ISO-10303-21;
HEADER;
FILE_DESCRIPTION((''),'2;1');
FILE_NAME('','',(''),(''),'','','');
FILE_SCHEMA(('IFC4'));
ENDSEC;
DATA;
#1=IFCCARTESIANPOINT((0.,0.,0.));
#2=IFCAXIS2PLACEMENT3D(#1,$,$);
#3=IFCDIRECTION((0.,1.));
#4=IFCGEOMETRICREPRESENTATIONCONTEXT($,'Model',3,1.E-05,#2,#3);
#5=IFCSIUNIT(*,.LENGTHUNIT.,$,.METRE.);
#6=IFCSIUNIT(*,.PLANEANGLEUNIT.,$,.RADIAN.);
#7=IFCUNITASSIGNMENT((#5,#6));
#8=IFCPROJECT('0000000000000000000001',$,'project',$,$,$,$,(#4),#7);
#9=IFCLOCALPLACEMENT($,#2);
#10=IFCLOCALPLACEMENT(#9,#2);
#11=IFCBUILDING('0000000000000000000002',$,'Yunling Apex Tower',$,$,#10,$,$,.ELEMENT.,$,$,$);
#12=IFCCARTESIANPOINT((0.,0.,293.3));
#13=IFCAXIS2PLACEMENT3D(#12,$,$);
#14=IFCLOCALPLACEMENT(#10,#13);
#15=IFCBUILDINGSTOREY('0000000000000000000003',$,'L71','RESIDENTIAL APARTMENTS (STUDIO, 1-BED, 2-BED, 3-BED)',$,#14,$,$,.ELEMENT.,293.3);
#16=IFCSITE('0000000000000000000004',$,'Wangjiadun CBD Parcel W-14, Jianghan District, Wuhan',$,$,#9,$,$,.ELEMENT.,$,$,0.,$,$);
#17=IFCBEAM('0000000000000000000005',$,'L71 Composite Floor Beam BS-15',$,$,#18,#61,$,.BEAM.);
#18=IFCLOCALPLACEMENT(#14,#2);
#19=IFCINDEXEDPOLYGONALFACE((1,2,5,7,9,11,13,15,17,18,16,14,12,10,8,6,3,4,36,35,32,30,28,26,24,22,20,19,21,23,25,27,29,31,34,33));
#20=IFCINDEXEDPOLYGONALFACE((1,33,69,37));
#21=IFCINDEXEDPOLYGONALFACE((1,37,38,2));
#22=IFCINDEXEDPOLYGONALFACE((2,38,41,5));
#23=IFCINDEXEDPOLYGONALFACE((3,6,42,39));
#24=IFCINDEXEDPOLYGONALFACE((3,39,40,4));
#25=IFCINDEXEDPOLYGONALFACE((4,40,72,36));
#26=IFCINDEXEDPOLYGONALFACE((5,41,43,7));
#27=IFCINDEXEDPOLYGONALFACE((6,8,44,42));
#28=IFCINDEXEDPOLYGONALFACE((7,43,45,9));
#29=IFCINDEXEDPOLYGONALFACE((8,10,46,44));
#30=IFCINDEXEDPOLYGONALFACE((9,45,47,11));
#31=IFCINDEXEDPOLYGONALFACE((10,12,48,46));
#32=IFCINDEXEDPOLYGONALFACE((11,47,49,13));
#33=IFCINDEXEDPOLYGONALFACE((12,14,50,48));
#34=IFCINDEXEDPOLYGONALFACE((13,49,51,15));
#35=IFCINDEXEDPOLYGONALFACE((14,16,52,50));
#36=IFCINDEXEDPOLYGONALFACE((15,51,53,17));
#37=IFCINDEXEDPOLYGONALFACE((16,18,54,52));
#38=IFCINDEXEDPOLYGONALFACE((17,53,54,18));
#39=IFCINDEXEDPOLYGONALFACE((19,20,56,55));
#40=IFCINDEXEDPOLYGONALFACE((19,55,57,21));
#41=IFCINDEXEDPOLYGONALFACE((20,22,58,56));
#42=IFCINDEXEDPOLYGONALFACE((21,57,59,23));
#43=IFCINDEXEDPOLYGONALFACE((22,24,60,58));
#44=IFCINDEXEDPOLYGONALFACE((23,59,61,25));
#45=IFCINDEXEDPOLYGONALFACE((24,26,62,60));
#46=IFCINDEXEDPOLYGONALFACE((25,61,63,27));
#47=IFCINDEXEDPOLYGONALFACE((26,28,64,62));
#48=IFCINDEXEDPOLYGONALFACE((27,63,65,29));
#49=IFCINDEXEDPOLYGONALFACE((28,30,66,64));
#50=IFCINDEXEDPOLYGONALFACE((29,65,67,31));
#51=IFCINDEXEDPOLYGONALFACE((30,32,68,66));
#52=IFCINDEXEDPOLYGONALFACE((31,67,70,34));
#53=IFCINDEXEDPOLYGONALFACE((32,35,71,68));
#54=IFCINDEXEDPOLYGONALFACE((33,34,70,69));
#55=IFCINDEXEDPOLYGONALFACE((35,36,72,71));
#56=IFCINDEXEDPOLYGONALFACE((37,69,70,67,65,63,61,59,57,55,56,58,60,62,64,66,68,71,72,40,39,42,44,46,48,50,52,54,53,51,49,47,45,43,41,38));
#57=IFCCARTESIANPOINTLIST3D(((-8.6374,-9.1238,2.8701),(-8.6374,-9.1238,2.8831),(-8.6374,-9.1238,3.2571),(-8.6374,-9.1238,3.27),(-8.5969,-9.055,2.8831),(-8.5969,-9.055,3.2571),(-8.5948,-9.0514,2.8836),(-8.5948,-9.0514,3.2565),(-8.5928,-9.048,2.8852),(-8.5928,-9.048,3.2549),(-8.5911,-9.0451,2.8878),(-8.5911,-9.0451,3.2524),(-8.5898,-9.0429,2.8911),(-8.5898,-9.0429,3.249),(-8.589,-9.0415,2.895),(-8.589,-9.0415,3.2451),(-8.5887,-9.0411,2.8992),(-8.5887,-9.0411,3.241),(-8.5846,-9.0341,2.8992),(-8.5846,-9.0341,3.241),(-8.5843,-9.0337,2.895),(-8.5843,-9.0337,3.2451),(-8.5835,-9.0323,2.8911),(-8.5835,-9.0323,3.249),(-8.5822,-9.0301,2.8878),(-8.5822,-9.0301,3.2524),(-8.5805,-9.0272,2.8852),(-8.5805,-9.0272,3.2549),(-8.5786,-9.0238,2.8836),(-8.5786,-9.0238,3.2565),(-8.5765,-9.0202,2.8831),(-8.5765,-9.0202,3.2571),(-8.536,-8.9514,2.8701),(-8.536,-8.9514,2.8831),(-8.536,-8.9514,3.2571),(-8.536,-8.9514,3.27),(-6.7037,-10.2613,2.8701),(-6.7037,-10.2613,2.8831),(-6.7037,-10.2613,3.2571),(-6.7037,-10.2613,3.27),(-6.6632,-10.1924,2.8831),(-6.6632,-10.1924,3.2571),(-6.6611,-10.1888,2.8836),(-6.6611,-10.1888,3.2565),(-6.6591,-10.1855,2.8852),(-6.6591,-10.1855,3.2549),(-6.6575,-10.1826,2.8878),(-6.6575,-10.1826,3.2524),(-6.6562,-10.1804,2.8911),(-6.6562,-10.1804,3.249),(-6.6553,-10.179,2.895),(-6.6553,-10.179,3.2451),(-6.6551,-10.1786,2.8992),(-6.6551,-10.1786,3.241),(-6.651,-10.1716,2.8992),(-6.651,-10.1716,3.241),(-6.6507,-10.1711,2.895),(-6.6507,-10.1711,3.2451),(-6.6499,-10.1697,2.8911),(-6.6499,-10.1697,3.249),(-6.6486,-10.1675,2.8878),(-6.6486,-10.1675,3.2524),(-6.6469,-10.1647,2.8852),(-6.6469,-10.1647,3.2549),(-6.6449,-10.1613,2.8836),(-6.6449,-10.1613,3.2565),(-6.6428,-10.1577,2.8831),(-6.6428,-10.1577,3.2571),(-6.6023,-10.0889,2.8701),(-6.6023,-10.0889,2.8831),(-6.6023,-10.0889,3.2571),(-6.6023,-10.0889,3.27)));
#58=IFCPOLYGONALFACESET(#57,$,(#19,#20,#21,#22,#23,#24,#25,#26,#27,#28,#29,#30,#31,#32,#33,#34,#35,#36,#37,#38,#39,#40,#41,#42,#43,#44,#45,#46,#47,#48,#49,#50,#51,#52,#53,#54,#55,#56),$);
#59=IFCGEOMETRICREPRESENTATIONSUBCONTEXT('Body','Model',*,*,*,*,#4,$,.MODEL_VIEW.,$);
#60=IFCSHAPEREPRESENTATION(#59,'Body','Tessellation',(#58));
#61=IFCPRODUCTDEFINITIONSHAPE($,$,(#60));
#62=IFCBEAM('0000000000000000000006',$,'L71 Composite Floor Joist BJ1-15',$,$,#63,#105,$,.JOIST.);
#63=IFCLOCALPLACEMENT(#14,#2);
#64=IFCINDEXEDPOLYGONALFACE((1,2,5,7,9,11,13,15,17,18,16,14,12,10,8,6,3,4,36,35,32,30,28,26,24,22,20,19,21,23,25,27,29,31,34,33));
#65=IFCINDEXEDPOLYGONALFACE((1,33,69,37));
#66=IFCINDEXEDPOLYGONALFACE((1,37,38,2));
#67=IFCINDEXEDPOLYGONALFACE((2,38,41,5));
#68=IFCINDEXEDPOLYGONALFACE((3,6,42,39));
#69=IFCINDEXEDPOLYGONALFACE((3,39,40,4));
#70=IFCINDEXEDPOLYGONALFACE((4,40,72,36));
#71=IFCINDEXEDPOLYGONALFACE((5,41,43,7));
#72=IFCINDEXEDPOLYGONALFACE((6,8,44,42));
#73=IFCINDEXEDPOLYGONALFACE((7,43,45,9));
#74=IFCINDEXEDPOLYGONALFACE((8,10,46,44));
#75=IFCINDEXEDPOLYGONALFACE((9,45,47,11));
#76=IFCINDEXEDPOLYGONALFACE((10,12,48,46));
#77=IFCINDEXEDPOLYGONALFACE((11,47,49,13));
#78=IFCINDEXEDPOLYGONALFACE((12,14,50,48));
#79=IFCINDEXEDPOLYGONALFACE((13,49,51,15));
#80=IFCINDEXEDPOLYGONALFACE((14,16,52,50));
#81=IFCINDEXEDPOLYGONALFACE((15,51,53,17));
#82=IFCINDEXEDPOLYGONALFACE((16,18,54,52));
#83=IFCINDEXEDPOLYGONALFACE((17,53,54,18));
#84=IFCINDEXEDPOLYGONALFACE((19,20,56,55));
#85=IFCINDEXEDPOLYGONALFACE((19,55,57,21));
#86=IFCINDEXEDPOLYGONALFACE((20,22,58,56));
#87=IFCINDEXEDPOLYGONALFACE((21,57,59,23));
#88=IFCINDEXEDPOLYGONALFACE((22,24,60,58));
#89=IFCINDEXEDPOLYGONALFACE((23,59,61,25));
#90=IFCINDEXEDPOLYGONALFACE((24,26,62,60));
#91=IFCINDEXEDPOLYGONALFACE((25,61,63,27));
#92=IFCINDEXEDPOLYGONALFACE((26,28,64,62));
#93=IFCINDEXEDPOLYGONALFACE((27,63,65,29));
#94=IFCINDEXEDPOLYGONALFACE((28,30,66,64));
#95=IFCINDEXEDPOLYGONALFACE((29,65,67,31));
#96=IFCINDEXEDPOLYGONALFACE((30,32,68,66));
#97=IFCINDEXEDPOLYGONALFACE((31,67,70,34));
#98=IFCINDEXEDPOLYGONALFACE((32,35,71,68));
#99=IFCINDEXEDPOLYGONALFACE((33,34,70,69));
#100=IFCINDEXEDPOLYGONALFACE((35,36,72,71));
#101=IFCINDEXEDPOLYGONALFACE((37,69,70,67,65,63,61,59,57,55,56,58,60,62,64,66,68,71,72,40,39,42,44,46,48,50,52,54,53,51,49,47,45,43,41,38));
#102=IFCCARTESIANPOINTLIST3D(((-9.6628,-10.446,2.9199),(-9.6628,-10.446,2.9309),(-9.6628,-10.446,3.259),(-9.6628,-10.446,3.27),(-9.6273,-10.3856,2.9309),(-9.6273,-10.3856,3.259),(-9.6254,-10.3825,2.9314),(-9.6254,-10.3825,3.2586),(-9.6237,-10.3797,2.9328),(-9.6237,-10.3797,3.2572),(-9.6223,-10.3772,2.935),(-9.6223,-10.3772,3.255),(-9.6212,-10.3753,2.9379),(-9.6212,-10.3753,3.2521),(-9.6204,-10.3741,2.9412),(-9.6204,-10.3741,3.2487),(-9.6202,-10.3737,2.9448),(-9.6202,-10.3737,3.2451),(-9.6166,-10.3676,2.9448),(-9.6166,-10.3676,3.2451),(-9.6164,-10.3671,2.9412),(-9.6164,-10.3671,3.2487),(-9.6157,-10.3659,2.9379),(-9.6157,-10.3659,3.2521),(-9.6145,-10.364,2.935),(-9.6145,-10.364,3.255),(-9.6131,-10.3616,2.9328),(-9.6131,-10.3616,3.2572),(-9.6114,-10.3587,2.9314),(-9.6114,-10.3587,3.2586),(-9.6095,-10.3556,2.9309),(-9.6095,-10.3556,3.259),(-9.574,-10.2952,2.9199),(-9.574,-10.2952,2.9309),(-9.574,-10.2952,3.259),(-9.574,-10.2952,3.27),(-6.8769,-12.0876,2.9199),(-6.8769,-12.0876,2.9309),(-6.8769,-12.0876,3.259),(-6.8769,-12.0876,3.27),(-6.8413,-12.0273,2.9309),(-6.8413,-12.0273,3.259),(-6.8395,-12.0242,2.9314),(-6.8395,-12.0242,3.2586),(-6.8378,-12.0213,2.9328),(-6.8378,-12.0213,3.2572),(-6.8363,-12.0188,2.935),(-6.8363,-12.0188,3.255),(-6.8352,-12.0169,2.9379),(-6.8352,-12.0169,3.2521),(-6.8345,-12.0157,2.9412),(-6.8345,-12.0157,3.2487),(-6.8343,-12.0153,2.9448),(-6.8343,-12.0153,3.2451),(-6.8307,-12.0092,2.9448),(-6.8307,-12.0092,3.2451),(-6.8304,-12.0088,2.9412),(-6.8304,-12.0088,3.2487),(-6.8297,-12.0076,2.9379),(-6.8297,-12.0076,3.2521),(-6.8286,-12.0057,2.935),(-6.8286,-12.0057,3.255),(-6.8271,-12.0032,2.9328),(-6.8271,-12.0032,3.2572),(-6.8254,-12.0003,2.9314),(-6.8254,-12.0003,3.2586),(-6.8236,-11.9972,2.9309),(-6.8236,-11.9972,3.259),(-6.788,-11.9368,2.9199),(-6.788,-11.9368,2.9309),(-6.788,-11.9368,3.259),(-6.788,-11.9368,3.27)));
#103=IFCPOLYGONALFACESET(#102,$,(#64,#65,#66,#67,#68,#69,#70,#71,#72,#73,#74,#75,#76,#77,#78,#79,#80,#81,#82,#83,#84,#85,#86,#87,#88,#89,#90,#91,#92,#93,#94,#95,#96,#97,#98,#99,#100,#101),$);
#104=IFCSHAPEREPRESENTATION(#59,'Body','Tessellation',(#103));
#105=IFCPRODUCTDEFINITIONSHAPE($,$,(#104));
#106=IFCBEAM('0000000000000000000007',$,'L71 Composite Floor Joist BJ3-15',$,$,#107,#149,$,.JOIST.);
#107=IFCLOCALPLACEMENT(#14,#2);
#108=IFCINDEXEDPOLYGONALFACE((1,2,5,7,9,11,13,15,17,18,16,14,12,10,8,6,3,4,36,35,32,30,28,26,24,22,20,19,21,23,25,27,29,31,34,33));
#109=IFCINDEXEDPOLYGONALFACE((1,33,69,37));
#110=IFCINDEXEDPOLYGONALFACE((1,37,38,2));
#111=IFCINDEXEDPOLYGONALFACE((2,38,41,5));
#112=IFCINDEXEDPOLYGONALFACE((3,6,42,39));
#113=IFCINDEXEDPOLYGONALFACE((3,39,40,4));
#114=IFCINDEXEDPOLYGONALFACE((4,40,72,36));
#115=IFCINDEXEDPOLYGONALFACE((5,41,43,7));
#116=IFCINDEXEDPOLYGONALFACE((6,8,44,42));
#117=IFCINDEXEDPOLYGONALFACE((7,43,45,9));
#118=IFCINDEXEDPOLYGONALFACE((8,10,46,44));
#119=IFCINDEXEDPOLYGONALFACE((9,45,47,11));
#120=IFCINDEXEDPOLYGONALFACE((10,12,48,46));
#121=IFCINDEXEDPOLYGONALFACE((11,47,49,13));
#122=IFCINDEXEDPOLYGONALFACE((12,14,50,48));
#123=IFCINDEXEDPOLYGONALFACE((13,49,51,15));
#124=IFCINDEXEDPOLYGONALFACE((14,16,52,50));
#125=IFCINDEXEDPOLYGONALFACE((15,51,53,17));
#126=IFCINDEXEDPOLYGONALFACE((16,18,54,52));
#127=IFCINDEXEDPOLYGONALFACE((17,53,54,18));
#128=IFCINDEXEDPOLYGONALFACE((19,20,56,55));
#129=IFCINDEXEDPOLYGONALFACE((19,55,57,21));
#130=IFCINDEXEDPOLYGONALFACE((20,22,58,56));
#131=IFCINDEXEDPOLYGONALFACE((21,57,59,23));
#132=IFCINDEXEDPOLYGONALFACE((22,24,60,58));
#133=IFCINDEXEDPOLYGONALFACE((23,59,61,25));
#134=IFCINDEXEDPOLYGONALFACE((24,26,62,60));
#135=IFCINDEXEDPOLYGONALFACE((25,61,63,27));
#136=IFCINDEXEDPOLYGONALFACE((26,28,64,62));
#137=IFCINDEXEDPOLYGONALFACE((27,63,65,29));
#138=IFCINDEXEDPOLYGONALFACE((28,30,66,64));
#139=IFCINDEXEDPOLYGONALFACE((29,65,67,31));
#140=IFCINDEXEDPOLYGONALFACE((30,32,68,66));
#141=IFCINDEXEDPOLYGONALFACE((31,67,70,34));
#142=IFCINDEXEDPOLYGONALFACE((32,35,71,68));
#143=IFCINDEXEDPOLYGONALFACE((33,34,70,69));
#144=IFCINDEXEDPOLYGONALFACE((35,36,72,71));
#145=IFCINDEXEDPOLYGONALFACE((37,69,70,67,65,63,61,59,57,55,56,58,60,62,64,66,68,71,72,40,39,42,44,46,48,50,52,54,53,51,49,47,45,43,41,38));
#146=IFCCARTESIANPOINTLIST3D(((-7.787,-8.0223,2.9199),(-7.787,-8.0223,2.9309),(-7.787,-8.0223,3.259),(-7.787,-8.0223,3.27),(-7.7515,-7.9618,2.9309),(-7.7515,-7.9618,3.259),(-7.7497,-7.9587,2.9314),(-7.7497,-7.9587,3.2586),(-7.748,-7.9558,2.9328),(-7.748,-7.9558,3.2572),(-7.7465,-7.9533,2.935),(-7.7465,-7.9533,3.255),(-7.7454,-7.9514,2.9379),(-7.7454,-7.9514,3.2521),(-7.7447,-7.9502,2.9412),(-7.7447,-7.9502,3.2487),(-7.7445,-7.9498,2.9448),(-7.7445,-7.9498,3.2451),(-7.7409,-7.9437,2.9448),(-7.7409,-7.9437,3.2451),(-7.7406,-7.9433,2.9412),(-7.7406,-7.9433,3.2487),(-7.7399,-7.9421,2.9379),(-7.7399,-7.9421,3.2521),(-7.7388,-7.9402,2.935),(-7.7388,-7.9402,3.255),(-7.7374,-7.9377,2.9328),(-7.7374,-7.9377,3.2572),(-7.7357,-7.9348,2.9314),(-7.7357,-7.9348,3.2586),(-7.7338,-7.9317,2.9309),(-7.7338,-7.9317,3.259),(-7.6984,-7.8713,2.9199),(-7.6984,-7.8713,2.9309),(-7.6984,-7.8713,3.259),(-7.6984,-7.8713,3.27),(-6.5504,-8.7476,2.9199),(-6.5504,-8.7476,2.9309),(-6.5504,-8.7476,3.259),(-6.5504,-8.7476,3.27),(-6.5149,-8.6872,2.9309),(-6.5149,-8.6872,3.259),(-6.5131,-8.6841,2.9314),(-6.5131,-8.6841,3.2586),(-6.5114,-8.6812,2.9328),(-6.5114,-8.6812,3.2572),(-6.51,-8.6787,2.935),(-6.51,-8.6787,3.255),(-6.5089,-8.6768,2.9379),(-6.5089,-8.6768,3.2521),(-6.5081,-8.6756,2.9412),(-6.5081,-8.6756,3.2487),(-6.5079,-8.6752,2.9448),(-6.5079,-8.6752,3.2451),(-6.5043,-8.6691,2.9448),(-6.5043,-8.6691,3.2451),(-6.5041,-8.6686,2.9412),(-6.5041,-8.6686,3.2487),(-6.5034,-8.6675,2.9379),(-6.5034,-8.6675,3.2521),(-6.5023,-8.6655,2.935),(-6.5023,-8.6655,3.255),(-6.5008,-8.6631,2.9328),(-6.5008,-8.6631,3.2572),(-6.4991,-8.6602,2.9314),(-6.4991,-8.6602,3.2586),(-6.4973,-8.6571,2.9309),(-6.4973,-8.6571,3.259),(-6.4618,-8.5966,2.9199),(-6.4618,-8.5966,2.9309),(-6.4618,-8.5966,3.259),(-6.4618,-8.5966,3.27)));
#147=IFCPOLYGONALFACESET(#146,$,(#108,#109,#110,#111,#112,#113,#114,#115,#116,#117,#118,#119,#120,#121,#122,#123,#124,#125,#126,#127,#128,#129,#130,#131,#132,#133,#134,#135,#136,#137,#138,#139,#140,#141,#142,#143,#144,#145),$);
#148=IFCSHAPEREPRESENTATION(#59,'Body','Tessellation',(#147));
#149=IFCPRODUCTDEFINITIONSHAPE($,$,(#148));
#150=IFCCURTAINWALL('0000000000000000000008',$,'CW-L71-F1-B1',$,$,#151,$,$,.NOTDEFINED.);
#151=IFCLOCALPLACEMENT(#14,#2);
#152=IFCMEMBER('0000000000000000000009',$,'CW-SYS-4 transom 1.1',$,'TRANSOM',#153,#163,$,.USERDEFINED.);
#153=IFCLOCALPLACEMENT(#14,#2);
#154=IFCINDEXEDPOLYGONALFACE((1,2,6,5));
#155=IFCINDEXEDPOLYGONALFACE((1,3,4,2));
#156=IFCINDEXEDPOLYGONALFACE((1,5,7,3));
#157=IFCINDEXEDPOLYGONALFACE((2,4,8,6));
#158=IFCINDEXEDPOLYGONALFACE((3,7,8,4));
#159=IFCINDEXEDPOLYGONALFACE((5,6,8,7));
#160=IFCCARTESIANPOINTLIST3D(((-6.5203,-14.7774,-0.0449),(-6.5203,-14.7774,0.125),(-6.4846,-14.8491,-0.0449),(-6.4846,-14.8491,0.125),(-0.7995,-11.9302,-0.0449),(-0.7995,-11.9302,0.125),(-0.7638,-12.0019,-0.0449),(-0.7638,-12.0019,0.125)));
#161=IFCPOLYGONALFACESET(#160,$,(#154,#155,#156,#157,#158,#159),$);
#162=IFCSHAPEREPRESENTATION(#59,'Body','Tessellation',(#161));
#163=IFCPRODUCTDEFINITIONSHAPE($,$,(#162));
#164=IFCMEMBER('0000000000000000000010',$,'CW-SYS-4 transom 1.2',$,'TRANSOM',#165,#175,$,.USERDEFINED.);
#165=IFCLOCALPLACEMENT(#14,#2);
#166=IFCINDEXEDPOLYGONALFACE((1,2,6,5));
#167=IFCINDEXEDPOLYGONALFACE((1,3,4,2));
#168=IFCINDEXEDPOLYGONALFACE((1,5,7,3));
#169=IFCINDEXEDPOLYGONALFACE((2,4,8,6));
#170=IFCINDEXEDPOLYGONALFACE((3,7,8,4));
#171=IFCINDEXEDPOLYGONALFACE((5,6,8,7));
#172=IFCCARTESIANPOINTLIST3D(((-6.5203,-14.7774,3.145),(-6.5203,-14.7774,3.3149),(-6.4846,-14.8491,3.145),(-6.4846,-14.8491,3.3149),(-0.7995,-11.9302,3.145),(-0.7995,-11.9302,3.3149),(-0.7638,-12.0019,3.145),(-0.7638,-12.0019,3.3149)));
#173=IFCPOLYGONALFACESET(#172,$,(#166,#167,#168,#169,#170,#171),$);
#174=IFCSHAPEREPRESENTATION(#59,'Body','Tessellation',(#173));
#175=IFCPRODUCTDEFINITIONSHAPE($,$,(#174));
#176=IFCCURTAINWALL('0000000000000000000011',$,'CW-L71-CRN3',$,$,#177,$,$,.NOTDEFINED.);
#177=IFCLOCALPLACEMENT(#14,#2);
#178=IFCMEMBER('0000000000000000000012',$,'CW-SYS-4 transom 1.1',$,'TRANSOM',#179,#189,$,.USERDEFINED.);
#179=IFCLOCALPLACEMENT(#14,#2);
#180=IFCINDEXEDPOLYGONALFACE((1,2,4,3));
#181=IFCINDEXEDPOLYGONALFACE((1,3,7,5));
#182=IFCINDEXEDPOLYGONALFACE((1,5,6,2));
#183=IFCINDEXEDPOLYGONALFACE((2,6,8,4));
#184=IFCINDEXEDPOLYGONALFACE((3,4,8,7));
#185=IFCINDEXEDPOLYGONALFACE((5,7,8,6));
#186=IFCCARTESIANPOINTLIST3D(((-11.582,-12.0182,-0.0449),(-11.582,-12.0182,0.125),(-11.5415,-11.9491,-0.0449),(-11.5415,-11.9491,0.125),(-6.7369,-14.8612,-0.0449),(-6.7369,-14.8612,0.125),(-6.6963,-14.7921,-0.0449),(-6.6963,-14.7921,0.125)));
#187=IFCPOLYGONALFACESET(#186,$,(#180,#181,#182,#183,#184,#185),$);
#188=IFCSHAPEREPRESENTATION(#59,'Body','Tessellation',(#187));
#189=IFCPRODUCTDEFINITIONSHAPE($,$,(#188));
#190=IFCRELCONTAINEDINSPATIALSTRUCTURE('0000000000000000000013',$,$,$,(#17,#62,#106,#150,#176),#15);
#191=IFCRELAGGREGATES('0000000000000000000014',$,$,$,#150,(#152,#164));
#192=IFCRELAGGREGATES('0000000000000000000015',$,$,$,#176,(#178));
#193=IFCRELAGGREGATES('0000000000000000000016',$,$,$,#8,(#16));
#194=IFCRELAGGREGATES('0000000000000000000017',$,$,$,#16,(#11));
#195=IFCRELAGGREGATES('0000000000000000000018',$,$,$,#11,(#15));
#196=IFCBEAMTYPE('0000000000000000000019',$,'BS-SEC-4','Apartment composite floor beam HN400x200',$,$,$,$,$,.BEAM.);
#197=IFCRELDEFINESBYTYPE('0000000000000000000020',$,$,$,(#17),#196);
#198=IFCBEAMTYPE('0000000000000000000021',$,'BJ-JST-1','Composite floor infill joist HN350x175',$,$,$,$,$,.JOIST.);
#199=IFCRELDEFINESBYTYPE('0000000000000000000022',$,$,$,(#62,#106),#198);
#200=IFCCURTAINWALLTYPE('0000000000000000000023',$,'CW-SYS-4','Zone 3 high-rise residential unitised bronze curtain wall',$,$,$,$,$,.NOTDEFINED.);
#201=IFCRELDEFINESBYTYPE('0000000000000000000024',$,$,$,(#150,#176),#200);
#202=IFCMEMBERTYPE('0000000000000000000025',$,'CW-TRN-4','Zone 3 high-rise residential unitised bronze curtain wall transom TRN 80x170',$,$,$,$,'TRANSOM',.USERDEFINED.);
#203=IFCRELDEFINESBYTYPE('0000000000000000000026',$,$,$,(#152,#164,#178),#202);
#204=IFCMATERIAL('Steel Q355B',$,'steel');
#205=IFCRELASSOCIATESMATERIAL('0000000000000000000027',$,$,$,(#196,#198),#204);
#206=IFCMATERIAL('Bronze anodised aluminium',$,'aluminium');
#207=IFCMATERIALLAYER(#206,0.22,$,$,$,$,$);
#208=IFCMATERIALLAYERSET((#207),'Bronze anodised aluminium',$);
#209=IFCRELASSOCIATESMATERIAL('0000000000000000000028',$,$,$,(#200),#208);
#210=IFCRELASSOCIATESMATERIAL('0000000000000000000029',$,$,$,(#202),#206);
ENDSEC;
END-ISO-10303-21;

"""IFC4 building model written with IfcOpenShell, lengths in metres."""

from ifc_helpers import new_model, si_unit, direction, frame, origin, origin_2d, place, context, subcontext, project, spatial, rectangle, i_section, extrude, source, transform, mapped, material, layer, layer_set, material_profile, profile_set, type_object, element, aggregate, save


model = new_model("IFC4")

# Units and contexts
model_context = context("Model", 3, precision=1e-05, world=origin(), true_north=direction((0.0, 1.0)))
body_context = subcontext(model_context, "Body", "Model", "MODEL_VIEW")
ifc_project = project(units=[si_unit("LENGTHUNIT", "METRE"), si_unit("PLANEANGLEUNIT", "RADIAN")], contexts=[model_context])

# Site, building, storey
site_placement = place(None, origin())
site = spatial("IfcSite", under=ifc_project, at=site_placement, Name="Wangjiadun CBD Parcel W-14, Jianghan District, Wuhan", CompositionType="ELEMENT", RefElevation=0.0)
building_placement = place(site_placement, origin())
building = spatial("IfcBuilding", under=site, at=building_placement, Name="Yunling Apex Tower", CompositionType="ELEMENT")
storey_placement = place(building_placement, frame((0.0, 0.0, 293.3)))
storey = spatial("IfcBuildingStorey", under=building, at=storey_placement, Name="L71", Description="RESIDENTIAL APARTMENTS (STUDIO, 1-BED, 2-BED, 3-BED)", CompositionType="ELEMENT", Elevation=293.3)

# Shared definitions
ifc_material_1 = material(Name="Steel Q355B", Category="steel")

# Beams
ifc_material_profile_1 = material_profile(ifc_material_1, i_section(OverallWidth=0.2, OverallDepth=0.3999, WebThickness=0.0081, FlangeThickness=0.0129, FilletRadius=0.0161, at=origin_2d()))
ifc_profile_set_1 = profile_set([ifc_material_profile_1], Name="Steel Q355B")
beam_type_1 = type_object("IfcBeamType", Name="BS-SEC-4", Description="Apartment composite floor beam HN400x200", PredefinedType="BEAM", material=ifc_profile_set_1)
ifc_material_profile_2 = material_profile(ifc_material_1, i_section(OverallWidth=0.175, OverallDepth=0.3501, WebThickness=0.0071, FlangeThickness=0.011, FilletRadius=0.0139, at=origin_2d()))
ifc_profile_set_2 = profile_set([ifc_material_profile_2], Name="Steel Q355B")
beam_type_2 = type_object("IfcBeamType", Name="BJ-JST-1", Description="Composite floor infill joist HN350x175", PredefinedType="JOIST", material=ifc_profile_set_2)
shared_shape_1 = source(origin(), body_context, "Body", "SweptSolid", [
    extrude(i_section(OverallWidth=0.2, OverallDepth=0.3999, WebThickness=0.0081, FlangeThickness=0.0129, FilletRadius=0.0161, at=origin_2d()), origin(), (0.0, 0.0, 1.0), 2.2434),
])
beam_1_placement = place(storey_placement, frame((-8.5867, -9.0376, 3.0701), z_axis=(0.861926, -0.507034, 0.0), x_axis=(0.507034, 0.861926, 0.0)))
element("IfcBeam", 1, at=beam_1_placement, inside=storey, type_object=beam_type_1, Name="L71 Composite Floor Beam BS-15", PredefinedType="BEAM", context=body_context, shape_type="MappedRepresentation", body=[
    mapped(shared_shape_1, transform((0.0, 0.0, 0.0), scale=1.0)),
])
shared_shape_2 = source(origin(), body_context, "Body", "SweptSolid", [
    extrude(i_section(OverallWidth=0.175, OverallDepth=0.3501, WebThickness=0.0071, FlangeThickness=0.011, FilletRadius=0.0139, at=origin_2d()), origin(), (0.0, 0.0, 1.0), 3.2336),
])
beam_2_placement = place(storey_placement, frame((-9.6184, -10.3706, 3.095), z_axis=(0.86155, -0.507673, 0.0), x_axis=(0.507673, 0.86155, 0.0)))
element("IfcBeam", 2, at=beam_2_placement, inside=storey, type_object=beam_type_2, Name="L71 Composite Floor Joist BJ1-15", PredefinedType="JOIST", context=body_context, shape_type="MappedRepresentation", body=[
    mapped(shared_shape_2, transform((0.0, 0.0, 0.0), scale=1.0)),
])
shared_shape_3 = source(origin(), body_context, "Body", "SweptSolid", [
    extrude(i_section(OverallWidth=0.175, OverallDepth=0.3501, WebThickness=0.0071, FlangeThickness=0.011, FilletRadius=0.0139, at=origin_2d()), origin(), (0.0, 0.0, 1.0), 1.4336),
])
beam_3_placement = place(storey_placement, frame((-7.7427, -7.9468, 3.095), z_axis=(0.86256, -0.505955, 0.0), x_axis=(0.505955, 0.86256, 0.0)))
element("IfcBeam", 3, at=beam_3_placement, inside=storey, type_object=beam_type_2, Name="L71 Composite Floor Joist BJ3-15", PredefinedType="JOIST", context=body_context, shape_type="MappedRepresentation", body=[
    mapped(shared_shape_3, transform((0.0, 0.0, 0.0), scale=1.0)),
])

# Curtain walls, members
ifc_material_2 = material(Name="Bronze anodised aluminium", Category="aluminium")
ifc_layer_1 = layer(ifc_material_2, 0.22)
ifc_layer_set_1 = layer_set([ifc_layer_1], Name="Bronze anodised aluminium")
curtain_wall_type = type_object("IfcCurtainWallType", Name="CW-SYS-4", Description="Zone 3 high-rise residential unitised bronze curtain wall", PredefinedType="NOTDEFINED", material=ifc_layer_set_1)
curtain_wall_1_placement = place(storey_placement, origin())
curtain_wall_1 = element("IfcCurtainWall", 4, at=curtain_wall_1_placement, inside=storey, type_object=curtain_wall_type, Name="CW-L71-F1-B1", PredefinedType="NOTDEFINED")
ifc_material_profile_3 = material_profile(ifc_material_2, rectangle(XDim=0.0801, YDim=0.1699, at=origin_2d()))
ifc_profile_set_3 = profile_set([ifc_material_profile_3], Name="Bronze anodised aluminium")
member_type_1 = type_object("IfcMemberType", Name="CW-TRN-4", Description="Zone 3 high-rise residential unitised bronze curtain wall transom TRN 80x170", ElementType="TRANSOM", PredefinedType="USERDEFINED", material=ifc_profile_set_3)
shared_shape_4 = source(origin(), body_context, "Body", "SweptSolid", [
    extrude(rectangle(XDim=0.0801, YDim=0.1699, at=origin_2d()), origin(), (0.0, 0.0, 1.0), 6.3901),
])
member_1_placement = place(storey_placement, frame((-6.5024, -14.8132, 0.04), z_axis=(0.895251, 0.445562, 0.0), x_axis=(-0.445562, 0.895251, 0.0)))
member_1 = element("IfcMember", 5, at=member_1_placement, type_object=member_type_1, Name="CW-SYS-4 transom 1.1", ObjectType="TRANSOM", PredefinedType="USERDEFINED", context=body_context, shape_type="MappedRepresentation", body=[
    mapped(shared_shape_4, transform((0.0, 0.0, 0.0), scale=1.0)),
])
member_2_placement = place(storey_placement, frame((-6.5024, -14.8132, 3.23), z_axis=(0.895251, 0.445562, 0.0), x_axis=(-0.445562, 0.895251, 0.0)))
member_2 = element("IfcMember", 6, at=member_2_placement, type_object=member_type_1, Name="CW-SYS-4 transom 1.2", ObjectType="TRANSOM", PredefinedType="USERDEFINED", context=body_context, shape_type="MappedRepresentation", body=[
    mapped(shared_shape_4, transform((0.0, 0.0, 0.0), scale=1.0)),
])
curtain_wall_2_placement = place(storey_placement, origin())
curtain_wall_2 = element("IfcCurtainWall", 7, at=curtain_wall_2_placement, inside=storey, type_object=curtain_wall_type, Name="CW-L71-CRN3", PredefinedType="NOTDEFINED")
shared_shape_5 = source(origin(), body_context, "Body", "SweptSolid", [
    extrude(rectangle(XDim=0.0801, YDim=0.1699, at=origin_2d()), origin(), (0.0, 0.0, 1.0), 5.6177),
])
member_3_placement = place(storey_placement, frame((-11.5618, -11.9836, 0.04), z_axis=(0.862487, -0.50608, 0.0), x_axis=(0.50608, 0.862487, 0.0)))
member_3 = element("IfcMember", 8, at=member_3_placement, type_object=member_type_1, Name="CW-SYS-4 transom 1.1", ObjectType="TRANSOM", PredefinedType="USERDEFINED", context=body_context, shape_type="MappedRepresentation", body=[
    mapped(shared_shape_5, transform((0.0, 0.0, 0.0), scale=1.0)),
])

aggregate(curtain_wall_1, [member_1, member_2])
aggregate(curtain_wall_2, [member_3])

save(model, "model.ifc")
